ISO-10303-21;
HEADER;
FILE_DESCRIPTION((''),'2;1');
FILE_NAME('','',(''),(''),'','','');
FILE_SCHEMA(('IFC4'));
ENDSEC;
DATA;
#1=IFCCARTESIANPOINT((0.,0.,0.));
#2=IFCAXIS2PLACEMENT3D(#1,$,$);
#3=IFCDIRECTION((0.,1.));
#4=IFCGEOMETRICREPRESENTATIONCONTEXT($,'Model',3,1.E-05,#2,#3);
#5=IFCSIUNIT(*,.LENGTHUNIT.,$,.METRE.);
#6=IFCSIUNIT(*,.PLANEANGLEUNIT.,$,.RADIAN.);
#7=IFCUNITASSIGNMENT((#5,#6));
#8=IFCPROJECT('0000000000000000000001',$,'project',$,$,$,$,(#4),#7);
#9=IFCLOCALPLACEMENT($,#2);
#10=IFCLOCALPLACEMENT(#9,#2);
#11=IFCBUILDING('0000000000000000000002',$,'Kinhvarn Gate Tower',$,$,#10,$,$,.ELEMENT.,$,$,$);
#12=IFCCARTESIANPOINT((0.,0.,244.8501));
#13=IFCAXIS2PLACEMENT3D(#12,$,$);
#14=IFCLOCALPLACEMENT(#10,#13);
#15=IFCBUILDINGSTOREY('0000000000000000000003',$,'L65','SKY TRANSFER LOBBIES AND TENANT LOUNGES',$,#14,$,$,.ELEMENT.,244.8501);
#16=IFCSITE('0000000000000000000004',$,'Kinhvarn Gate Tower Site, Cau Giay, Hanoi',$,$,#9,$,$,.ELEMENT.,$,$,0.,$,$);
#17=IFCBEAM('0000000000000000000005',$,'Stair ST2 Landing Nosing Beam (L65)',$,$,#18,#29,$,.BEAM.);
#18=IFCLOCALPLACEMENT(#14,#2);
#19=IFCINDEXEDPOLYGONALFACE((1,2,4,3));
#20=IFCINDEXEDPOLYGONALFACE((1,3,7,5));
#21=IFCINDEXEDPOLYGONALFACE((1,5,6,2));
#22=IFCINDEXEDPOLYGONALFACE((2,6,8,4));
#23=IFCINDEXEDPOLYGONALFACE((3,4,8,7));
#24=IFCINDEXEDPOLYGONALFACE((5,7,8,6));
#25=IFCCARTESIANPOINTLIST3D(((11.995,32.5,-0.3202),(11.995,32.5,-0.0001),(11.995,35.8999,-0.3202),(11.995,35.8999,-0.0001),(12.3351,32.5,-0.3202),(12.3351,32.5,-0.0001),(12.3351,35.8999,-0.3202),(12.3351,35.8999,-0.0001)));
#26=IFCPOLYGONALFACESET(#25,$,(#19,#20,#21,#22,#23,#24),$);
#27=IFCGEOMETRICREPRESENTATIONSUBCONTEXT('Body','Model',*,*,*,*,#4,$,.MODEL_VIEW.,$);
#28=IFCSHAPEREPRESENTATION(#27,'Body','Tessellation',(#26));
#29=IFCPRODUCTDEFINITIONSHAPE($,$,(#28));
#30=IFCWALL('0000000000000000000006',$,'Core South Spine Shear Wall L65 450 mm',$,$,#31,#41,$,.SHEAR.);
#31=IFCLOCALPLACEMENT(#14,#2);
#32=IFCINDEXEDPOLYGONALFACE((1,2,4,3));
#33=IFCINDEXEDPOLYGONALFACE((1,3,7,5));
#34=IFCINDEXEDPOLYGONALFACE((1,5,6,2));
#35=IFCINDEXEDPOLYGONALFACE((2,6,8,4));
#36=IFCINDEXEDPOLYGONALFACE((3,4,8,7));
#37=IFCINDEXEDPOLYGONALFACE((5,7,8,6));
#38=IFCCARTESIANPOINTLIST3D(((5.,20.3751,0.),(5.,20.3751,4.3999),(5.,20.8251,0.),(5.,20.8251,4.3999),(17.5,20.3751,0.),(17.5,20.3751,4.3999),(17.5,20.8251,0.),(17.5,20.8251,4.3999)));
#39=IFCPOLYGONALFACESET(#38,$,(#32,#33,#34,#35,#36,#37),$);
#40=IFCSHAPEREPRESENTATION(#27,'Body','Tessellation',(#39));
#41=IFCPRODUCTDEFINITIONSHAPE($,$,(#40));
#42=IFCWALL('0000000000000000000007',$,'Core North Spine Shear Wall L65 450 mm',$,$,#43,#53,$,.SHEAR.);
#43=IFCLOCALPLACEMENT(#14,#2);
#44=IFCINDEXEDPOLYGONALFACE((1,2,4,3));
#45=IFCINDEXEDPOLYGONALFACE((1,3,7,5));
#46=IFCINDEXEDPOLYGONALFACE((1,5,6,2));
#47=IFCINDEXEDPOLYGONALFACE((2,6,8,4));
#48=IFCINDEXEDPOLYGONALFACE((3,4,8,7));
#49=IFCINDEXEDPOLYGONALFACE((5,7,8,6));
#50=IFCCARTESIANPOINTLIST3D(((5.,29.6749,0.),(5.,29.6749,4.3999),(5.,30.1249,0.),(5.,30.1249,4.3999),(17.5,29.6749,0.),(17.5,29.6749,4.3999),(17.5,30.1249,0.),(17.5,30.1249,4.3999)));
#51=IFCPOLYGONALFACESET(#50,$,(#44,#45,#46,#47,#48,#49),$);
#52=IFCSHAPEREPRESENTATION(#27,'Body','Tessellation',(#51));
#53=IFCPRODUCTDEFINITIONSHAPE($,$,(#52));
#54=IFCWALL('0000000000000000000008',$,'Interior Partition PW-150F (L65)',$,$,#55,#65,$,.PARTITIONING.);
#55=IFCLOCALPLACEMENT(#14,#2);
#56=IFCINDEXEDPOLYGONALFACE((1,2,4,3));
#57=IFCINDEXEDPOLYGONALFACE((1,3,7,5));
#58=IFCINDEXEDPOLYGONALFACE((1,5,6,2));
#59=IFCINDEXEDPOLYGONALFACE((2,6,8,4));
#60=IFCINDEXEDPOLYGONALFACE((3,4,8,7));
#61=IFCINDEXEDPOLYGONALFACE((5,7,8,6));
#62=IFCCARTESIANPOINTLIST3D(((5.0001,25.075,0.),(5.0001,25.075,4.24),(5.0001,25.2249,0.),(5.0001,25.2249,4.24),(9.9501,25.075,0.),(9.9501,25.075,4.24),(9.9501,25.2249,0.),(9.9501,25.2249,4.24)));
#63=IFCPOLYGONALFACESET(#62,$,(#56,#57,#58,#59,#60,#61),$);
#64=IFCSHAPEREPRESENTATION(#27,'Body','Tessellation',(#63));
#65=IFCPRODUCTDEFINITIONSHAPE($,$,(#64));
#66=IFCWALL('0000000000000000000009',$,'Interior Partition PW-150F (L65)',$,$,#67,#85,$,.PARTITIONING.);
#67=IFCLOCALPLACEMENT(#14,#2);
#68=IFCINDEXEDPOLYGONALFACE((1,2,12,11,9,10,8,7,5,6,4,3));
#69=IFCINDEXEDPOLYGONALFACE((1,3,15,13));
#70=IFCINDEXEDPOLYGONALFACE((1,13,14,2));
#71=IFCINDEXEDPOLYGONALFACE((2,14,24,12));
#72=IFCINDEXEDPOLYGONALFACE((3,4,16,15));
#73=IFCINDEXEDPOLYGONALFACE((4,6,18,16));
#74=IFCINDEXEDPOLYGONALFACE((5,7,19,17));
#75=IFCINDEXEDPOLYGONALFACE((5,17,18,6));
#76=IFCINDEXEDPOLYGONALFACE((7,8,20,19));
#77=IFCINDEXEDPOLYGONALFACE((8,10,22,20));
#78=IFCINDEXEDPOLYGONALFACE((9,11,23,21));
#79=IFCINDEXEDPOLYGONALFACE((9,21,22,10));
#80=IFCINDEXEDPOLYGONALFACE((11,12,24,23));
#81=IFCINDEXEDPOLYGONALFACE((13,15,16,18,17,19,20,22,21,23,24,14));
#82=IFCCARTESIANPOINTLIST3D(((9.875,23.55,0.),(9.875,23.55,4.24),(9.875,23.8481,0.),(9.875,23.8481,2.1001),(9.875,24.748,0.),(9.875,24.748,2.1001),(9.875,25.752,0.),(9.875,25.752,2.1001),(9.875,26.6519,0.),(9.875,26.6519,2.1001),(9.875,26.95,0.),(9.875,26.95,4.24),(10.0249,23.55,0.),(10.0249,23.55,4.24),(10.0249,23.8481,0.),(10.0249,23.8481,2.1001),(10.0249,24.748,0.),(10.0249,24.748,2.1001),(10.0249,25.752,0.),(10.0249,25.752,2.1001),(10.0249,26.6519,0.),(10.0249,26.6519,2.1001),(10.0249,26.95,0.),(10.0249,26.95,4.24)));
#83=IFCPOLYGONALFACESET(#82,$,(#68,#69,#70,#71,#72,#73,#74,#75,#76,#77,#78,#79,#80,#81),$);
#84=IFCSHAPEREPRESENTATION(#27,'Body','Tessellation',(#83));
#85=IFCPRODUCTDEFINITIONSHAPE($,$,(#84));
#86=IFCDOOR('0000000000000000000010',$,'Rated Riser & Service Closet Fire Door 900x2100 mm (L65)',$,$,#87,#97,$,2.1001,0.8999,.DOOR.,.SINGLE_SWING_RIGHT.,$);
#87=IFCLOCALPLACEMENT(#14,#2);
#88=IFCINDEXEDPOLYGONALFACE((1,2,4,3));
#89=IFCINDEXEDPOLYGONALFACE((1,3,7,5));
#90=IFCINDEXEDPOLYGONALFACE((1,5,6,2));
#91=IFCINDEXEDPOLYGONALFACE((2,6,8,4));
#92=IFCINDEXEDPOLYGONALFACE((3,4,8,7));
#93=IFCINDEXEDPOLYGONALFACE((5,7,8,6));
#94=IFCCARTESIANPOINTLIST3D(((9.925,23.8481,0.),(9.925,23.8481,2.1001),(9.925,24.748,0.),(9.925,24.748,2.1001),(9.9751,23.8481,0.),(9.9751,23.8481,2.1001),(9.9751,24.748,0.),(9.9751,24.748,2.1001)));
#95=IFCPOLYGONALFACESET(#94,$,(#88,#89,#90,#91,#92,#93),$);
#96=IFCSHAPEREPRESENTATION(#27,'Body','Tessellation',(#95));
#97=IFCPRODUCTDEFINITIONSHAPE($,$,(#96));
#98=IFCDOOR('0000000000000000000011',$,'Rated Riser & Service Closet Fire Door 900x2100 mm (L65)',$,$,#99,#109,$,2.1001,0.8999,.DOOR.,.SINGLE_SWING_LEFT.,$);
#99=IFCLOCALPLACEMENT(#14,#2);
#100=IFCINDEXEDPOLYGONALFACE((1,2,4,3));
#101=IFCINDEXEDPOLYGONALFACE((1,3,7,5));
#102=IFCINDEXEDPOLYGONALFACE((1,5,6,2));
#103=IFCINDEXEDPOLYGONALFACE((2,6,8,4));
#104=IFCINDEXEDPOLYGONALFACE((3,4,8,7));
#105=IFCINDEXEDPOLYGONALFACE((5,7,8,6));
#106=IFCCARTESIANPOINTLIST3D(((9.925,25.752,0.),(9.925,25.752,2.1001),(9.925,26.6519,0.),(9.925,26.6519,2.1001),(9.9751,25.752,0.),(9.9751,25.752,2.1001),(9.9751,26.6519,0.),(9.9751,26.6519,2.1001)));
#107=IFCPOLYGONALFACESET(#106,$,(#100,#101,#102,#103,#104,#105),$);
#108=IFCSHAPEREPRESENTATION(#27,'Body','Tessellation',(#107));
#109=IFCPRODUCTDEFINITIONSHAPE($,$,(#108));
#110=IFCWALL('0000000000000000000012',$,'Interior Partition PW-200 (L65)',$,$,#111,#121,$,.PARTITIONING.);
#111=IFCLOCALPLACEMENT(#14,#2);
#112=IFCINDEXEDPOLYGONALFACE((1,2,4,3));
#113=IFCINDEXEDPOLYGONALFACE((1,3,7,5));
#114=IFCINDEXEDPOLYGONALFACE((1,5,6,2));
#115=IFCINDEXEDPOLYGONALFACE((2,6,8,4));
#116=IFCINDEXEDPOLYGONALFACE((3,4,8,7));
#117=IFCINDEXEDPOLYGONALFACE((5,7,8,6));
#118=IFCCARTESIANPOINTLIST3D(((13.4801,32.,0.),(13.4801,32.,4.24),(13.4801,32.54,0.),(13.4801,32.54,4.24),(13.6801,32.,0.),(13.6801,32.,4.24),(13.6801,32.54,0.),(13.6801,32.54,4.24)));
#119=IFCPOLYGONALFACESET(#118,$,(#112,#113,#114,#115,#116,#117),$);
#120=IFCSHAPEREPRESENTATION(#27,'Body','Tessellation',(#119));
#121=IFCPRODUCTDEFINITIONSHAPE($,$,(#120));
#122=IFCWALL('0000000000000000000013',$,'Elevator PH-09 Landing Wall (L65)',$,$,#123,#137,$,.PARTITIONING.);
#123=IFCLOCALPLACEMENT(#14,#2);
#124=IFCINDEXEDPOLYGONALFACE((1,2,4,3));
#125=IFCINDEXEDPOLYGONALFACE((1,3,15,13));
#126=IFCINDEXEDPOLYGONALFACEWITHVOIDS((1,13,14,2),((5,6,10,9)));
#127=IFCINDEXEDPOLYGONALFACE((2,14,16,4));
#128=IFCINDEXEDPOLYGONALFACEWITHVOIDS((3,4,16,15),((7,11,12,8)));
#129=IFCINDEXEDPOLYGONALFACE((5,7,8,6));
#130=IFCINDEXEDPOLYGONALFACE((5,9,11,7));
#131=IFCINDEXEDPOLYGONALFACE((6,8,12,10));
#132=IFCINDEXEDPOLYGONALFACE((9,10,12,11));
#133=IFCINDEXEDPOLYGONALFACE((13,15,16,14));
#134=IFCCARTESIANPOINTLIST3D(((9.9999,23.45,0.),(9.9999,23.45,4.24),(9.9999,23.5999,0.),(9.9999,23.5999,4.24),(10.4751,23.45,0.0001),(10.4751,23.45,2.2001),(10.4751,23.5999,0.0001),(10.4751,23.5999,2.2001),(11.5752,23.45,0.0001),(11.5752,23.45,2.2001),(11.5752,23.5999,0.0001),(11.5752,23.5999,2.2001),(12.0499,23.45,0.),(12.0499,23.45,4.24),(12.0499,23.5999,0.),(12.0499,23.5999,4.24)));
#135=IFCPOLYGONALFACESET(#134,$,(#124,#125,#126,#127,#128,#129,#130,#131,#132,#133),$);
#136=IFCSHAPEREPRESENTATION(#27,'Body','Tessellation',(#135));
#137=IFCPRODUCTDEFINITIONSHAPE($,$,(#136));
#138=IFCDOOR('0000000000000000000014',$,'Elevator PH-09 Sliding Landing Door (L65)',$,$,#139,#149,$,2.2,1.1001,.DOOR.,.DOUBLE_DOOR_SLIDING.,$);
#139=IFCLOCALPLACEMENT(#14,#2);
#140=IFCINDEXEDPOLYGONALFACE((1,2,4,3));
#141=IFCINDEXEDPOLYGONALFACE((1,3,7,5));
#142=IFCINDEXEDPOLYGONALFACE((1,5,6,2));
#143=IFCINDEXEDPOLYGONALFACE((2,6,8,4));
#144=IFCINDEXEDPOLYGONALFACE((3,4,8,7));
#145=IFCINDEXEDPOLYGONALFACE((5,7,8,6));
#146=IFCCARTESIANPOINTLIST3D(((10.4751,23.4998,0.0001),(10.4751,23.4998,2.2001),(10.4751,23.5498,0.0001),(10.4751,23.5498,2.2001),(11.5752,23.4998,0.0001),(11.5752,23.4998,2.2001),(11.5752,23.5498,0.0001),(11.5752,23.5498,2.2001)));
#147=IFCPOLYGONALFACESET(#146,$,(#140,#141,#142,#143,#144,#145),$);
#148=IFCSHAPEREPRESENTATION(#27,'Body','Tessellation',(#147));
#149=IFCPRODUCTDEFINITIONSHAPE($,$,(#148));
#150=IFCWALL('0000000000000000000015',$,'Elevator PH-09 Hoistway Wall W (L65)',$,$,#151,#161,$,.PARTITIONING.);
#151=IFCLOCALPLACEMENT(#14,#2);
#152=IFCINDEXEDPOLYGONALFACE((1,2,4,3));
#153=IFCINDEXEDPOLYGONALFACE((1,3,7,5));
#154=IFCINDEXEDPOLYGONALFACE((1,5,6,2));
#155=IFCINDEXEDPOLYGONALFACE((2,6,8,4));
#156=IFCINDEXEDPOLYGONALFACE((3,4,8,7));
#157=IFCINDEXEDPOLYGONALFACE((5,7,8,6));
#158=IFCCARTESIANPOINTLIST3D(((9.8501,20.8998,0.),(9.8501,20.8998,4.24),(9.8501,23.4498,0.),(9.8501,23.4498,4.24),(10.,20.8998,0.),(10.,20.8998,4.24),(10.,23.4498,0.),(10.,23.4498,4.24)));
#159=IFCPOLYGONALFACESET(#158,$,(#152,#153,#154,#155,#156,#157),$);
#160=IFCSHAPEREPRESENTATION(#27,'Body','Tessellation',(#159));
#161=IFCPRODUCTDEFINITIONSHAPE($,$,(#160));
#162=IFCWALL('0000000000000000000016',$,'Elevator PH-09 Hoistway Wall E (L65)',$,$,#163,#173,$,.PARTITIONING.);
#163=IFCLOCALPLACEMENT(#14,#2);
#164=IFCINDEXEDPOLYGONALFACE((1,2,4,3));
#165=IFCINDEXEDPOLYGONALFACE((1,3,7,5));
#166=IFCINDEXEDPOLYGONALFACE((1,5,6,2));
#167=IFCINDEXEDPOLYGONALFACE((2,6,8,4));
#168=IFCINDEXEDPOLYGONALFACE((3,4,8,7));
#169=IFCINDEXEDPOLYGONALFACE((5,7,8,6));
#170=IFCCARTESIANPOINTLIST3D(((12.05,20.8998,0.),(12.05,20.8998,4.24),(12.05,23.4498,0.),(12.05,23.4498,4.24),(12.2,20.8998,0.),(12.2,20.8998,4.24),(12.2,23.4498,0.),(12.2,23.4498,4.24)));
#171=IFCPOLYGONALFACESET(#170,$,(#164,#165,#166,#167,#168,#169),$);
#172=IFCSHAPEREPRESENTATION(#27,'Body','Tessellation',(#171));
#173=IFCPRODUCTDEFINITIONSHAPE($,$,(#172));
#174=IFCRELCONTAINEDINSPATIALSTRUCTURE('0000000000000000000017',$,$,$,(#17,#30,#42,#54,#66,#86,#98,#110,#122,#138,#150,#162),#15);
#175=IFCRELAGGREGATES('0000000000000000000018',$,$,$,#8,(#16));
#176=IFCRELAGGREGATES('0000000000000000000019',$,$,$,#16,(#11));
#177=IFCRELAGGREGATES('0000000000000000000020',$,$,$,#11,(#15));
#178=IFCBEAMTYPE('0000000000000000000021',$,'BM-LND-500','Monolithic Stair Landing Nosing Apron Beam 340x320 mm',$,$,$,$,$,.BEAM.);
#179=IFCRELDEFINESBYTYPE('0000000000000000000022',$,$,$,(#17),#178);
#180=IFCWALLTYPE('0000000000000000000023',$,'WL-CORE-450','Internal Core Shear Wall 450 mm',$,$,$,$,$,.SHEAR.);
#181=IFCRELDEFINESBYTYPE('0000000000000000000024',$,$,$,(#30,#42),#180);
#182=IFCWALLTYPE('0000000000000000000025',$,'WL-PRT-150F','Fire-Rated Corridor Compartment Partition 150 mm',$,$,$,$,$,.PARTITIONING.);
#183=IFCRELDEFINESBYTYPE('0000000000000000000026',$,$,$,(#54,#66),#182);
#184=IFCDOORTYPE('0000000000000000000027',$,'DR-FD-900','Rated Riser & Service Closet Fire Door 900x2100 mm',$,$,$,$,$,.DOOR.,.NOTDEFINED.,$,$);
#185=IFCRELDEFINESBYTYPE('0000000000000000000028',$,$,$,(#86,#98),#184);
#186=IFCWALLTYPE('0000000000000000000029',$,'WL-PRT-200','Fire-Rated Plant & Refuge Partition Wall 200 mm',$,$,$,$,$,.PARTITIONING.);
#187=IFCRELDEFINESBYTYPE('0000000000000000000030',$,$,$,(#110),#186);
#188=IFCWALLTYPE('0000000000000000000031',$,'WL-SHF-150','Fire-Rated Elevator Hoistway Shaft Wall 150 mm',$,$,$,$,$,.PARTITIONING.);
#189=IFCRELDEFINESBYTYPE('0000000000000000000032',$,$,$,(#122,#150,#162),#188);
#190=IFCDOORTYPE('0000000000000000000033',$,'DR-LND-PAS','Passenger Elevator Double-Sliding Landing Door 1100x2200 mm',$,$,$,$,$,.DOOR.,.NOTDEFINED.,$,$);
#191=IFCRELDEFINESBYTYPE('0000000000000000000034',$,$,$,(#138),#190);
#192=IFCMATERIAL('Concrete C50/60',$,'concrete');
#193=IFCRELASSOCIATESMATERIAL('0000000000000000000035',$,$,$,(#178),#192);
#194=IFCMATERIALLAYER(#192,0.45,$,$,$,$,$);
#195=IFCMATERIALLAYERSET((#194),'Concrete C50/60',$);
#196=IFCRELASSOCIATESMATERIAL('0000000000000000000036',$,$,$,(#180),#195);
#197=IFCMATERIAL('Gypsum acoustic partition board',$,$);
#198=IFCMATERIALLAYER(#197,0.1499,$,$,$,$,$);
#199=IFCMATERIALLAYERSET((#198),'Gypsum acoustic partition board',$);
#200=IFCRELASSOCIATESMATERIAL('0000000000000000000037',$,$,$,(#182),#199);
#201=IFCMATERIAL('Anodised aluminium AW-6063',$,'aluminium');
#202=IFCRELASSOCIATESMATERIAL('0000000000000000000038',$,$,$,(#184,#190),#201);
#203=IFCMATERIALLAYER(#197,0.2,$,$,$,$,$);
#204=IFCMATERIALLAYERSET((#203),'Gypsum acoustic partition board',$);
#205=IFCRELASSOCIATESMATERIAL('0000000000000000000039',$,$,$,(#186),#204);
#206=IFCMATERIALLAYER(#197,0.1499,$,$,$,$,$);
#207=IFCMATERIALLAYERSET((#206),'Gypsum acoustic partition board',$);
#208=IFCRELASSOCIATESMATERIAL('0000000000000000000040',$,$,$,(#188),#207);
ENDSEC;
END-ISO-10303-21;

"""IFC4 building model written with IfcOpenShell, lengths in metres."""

from ifc_helpers import new_model, si_unit, direction, frame, frame_2d, origin, origin_2d, place, context, subcontext, project, spatial, rectangle, extrude, material, layer, layer_set, material_profile, profile_set, type_object, element, fill, save


model = new_model("IFC4")

# Units and contexts
model_context = context("Model", 3, precision=1e-05, world=origin(), true_north=direction((0.0, 1.0)))
body_context = subcontext(model_context, "Body", "Model", "MODEL_VIEW")
ifc_project = project(units=[si_unit("LENGTHUNIT", "METRE"), si_unit("PLANEANGLEUNIT", "RADIAN")], contexts=[model_context])

# Site, building, storey
site_placement = place(None, origin())
site = spatial("IfcSite", under=ifc_project, at=site_placement, Name="Kinhvarn Gate Tower Site, Cau Giay, Hanoi", CompositionType="ELEMENT", RefElevation=0.0)
building_placement = place(site_placement, origin())
building = spatial("IfcBuilding", under=site, at=building_placement, Name="Kinhvarn Gate Tower", CompositionType="ELEMENT")
storey_placement = place(building_placement, frame((0.0, 0.0, 244.8501)))
storey = spatial("IfcBuildingStorey", under=building, at=storey_placement, Name="L65", Description="SKY TRANSFER LOBBIES AND TENANT LOUNGES", CompositionType="ELEMENT", Elevation=244.8501)

# Beam
ifc_material_1 = material(Name="Concrete C50/60", Category="concrete")
ifc_material_profile = material_profile(ifc_material_1, rectangle(XDim=0.3401, YDim=0.3201, at=origin_2d()), Name="RC 340x320")
ifc_profile_set = profile_set([ifc_material_profile], Name="Concrete C50/60")
beam_type = type_object("IfcBeamType", Name="BM-LND-500", Description="Monolithic Stair Landing Nosing Apron Beam 340x320 mm", PredefinedType="BEAM", material=ifc_profile_set)
beam_placement = place(storey_placement, frame((12.165, 32.5, -0.1602), z_axis=(0.0, 1.0, 0.0), x_axis=(-1.0, 0.0, 0.0)))
element("IfcBeam", 1, at=beam_placement, inside=storey, type_object=beam_type, Name="Stair ST2 Landing Nosing Beam (L65)", PredefinedType="BEAM", context=body_context, shape_type="SweptSolid", body=[
    extrude(rectangle(XDim=0.3401, YDim=0.3201, at=origin_2d()), origin(), (0.0, 0.0, 1.0), 3.3999),
])

# Walls
ifc_layer_1 = layer(ifc_material_1, 0.45)
ifc_layer_set_1 = layer_set([ifc_layer_1], Name="Concrete C50/60")
wall_type_1 = type_object("IfcWallType", Name="WL-CORE-450", Description="Internal Core Shear Wall 450 mm", PredefinedType="SHEAR", material=ifc_layer_set_1)
for number, where, z_axis, x_axis, name in (
    (2, (5.0, 20.6001, 0.0), (0.0, 0.0, 1.0), (1.0, 0.0, 0.0), "Core South Spine Shear Wall L65 450 mm"),
    (3, (5.0, 29.8999, 0.0), (0.0, 0.0, 1.0), (1.0, 0.0, 0.0), "Core North Spine Shear Wall L65 450 mm"),
):
    element("IfcWall", number, at=place(storey_placement, frame(where, z_axis=z_axis, x_axis=x_axis)), inside=storey, type_object=wall_type_1, Name=name, PredefinedType="SHEAR", context=body_context, shape_type="SweptSolid", body=[
        extrude(rectangle(XDim=12.5, YDim=0.45, at=frame_2d((6.25, 0.0))), origin(), (0.0, 0.0, 1.0), 4.3999),
    ])
ifc_material_2 = material(Name="Gypsum acoustic partition board")
ifc_layer_2 = layer(ifc_material_2, 0.1499)
ifc_layer_set_2 = layer_set([ifc_layer_2], Name="Gypsum acoustic partition board")
wall_type_2 = type_object("IfcWallType", Name="WL-PRT-150F", Description="Fire-Rated Corridor Compartment Partition 150 mm", PredefinedType="PARTITIONING", material=ifc_layer_set_2)
wall_1_placement = place(storey_placement, frame((5.0, 25.1499, 0.0), z_axis=(0.0, 0.0, 1.0), x_axis=(1.0, 0.0, 0.0)))
element("IfcWall", 4, at=wall_1_placement, inside=storey, type_object=wall_type_2, Name="Interior Partition PW-150F (L65)", PredefinedType="PARTITIONING", context=body_context, shape_type="SweptSolid", body=[
    extrude(rectangle(XDim=4.95, YDim=0.1499, at=frame_2d((2.4751, 0.0))), origin(), (0.0, 0.0, 1.0), 4.24),
])

# Wall, openings, doors
wall_2_placement = place(storey_placement, frame((9.95, 23.55, 0.0), z_axis=(0.0, 0.0, 1.0), x_axis=(0.0, 1.0, 0.0)))
wall_2 = element("IfcWall", 5, at=wall_2_placement, inside=storey, type_object=wall_type_2, Name="Interior Partition PW-150F (L65)", PredefinedType="PARTITIONING", context=body_context, shape_type="SweptSolid", body=[
    extrude(rectangle(XDim=3.3999, YDim=0.1499, at=frame_2d((1.7, 0.0))), origin(), (0.0, 0.0, 1.0), 4.24),
])
opening_1_placement = place(wall_2_placement, frame((0.2981, 0.0, 0.0)))
opening_1 = element("IfcOpeningElement", 6, at=opening_1_placement, cuts=wall_2, PredefinedType="OPENING", context=body_context, shape_type="SweptSolid", body=[
    extrude(rectangle(XDim=0.8999, YDim=2.1001, at=frame_2d((0.45, 1.05))), frame((0.0, 0.085, 0.0), z_axis=(0.0, -1.0, 0.0), x_axis=(1.0, 0.0, 0.0)), (0.0, 0.0, 1.0), 0.1699),
])
opening_2_placement = place(wall_2_placement, frame((2.2019, 0.0, 0.0)))
opening_2 = element("IfcOpeningElement", 7, at=opening_2_placement, cuts=wall_2, PredefinedType="OPENING", context=body_context, shape_type="SweptSolid", body=[
    extrude(rectangle(XDim=0.8999, YDim=2.1001, at=frame_2d((0.45, 1.05))), frame((0.0, 0.085, 0.0), z_axis=(0.0, -1.0, 0.0), x_axis=(1.0, 0.0, 0.0)), (0.0, 0.0, 1.0), 0.1699),
])
ifc_material_3 = material(Name="Anodised aluminium AW-6063", Category="aluminium")
door_type_1 = type_object("IfcDoorType", Name="DR-FD-900", Description="Rated Riser & Service Closet Fire Door 900x2100 mm", OperationType="NOTDEFINED", PredefinedType="DOOR", material=ifc_material_3)
door_1_placement = place(opening_1_placement, origin())
door_1 = element("IfcDoor", 8, at=door_1_placement, inside=storey, type_object=door_type_1, Name="Rated Riser & Service Closet Fire Door 900x2100 mm (L65)", OperationType="SINGLE_SWING_RIGHT", OverallHeight=2.1001, OverallWidth=0.8999, PredefinedType="DOOR", context=body_context, shape_type="SweptSolid", body=[
    extrude(rectangle(XDim=0.8999, YDim=2.1001, at=frame_2d((0.45, 1.05))), frame((0.0, 0.0249, 0.0), z_axis=(0.0, -1.0, 0.0), x_axis=(1.0, 0.0, 0.0)), (0.0, 0.0, 1.0), 0.05),
])
fill(opening_1, door_1)
door_2_placement = place(opening_2_placement, origin())
door_2 = element("IfcDoor", 9, at=door_2_placement, inside=storey, type_object=door_type_1, Name="Rated Riser & Service Closet Fire Door 900x2100 mm (L65)", OperationType="SINGLE_SWING_LEFT", OverallHeight=2.1001, OverallWidth=0.8999, PredefinedType="DOOR", context=body_context, shape_type="SweptSolid", body=[
    extrude(rectangle(XDim=0.8999, YDim=2.1001, at=frame_2d((0.45, 1.05))), frame((0.0, 0.0249, 0.0), z_axis=(0.0, -1.0, 0.0), x_axis=(1.0, 0.0, 0.0)), (0.0, 0.0, 1.0), 0.05),
])
fill(opening_2, door_2)

# Wall
ifc_layer_3 = layer(ifc_material_2, 0.2)
ifc_layer_set_3 = layer_set([ifc_layer_3], Name="Gypsum acoustic partition board")
wall_type_3 = type_object("IfcWallType", Name="WL-PRT-200", Description="Fire-Rated Plant & Refuge Partition Wall 200 mm", PredefinedType="PARTITIONING", material=ifc_layer_set_3)
wall_3_placement = place(storey_placement, frame((13.5801, 32.0, 0.0), z_axis=(0.0, 0.0, 1.0), x_axis=(0.0, 1.0, 0.0)))
element("IfcWall", 10, at=wall_3_placement, inside=storey, type_object=wall_type_3, Name="Interior Partition PW-200 (L65)", PredefinedType="PARTITIONING", context=body_context, shape_type="SweptSolid", body=[
    extrude(rectangle(XDim=0.54, YDim=0.2, at=frame_2d((0.27, 0.0))), origin(), (0.0, 0.0, 1.0), 4.24),
])

# Wall, opening, door
ifc_layer_4 = layer(ifc_material_2, 0.1499)
ifc_layer_set_4 = layer_set([ifc_layer_4], Name="Gypsum acoustic partition board")
wall_type_4 = type_object("IfcWallType", Name="WL-SHF-150", Description="Fire-Rated Elevator Hoistway Shaft Wall 150 mm", PredefinedType="PARTITIONING", material=ifc_layer_set_4)
wall_4_placement = place(storey_placement, frame((10.0, 23.5249, 0.0), z_axis=(0.0, 0.0, 1.0), x_axis=(1.0, 0.0, 0.0)))
wall_4 = element("IfcWall", 11, at=wall_4_placement, inside=storey, type_object=wall_type_4, Name="Elevator PH-09 Landing Wall (L65)", PredefinedType="PARTITIONING", context=body_context, shape_type="SweptSolid", body=[
    extrude(rectangle(XDim=2.05, YDim=0.1499, at=frame_2d((1.0249, 0.0))), origin(), (0.0, 0.0, 1.0), 4.24),
])
opening_3_placement = place(wall_4_placement, frame((0.4751, 0.0, 0.0)))
opening_3 = element("IfcOpeningElement", 12, at=opening_3_placement, cuts=wall_4, PredefinedType="OPENING", context=body_context, shape_type="SweptSolid", body=[
    extrude(rectangle(XDim=1.1001, YDim=2.2, at=frame_2d((0.55, 1.1001))), frame((0.0, 0.085, 0.0), z_axis=(0.0, -1.0, 0.0), x_axis=(1.0, 0.0, 0.0)), (0.0, 0.0, 1.0), 0.1699),
])
door_type_2 = type_object("IfcDoorType", Name="DR-LND-PAS", Description="Passenger Elevator Double-Sliding Landing Door 1100x2200 mm", OperationType="NOTDEFINED", PredefinedType="DOOR", material=ifc_material_3)
door_3_placement = place(opening_3_placement, origin())
door_3 = element("IfcDoor", 13, at=door_3_placement, inside=storey, type_object=door_type_2, Name="Elevator PH-09 Sliding Landing Door (L65)", OperationType="DOUBLE_DOOR_SLIDING", OverallHeight=2.2, OverallWidth=1.1001, PredefinedType="DOOR", context=body_context, shape_type="SweptSolid", body=[
    extrude(rectangle(XDim=1.1001, YDim=2.2, at=frame_2d((0.55, 1.1001))), frame((0.0, 0.0249, 0.0), z_axis=(0.0, -1.0, 0.0), x_axis=(1.0, 0.0, 0.0)), (0.0, 0.0, 1.0), 0.05),
])
fill(opening_3, door_3)

# Walls
for number, where, z_axis, x_axis, name in (
    (14, (9.925, 20.8999, 0.0), (0.0, 0.0, 1.0), (0.0, 1.0, 0.0), "Elevator PH-09 Hoistway Wall W (L65)"),
    (15, (12.125, 20.8999, 0.0), (0.0, 0.0, 1.0), (0.0, 1.0, 0.0), "Elevator PH-09 Hoistway Wall E (L65)"),
):
    element("IfcWall", number, at=place(storey_placement, frame(where, z_axis=z_axis, x_axis=x_axis)), inside=storey, type_object=wall_type_4, Name=name, PredefinedType="PARTITIONING", context=body_context, shape_type="SweptSolid", body=[
        extrude(rectangle(XDim=2.55, YDim=0.1499, at=frame_2d((1.2749, 0.0))), origin(), (0.0, 0.0, 1.0), 4.24),
    ])

save(model, "model.ifc")
